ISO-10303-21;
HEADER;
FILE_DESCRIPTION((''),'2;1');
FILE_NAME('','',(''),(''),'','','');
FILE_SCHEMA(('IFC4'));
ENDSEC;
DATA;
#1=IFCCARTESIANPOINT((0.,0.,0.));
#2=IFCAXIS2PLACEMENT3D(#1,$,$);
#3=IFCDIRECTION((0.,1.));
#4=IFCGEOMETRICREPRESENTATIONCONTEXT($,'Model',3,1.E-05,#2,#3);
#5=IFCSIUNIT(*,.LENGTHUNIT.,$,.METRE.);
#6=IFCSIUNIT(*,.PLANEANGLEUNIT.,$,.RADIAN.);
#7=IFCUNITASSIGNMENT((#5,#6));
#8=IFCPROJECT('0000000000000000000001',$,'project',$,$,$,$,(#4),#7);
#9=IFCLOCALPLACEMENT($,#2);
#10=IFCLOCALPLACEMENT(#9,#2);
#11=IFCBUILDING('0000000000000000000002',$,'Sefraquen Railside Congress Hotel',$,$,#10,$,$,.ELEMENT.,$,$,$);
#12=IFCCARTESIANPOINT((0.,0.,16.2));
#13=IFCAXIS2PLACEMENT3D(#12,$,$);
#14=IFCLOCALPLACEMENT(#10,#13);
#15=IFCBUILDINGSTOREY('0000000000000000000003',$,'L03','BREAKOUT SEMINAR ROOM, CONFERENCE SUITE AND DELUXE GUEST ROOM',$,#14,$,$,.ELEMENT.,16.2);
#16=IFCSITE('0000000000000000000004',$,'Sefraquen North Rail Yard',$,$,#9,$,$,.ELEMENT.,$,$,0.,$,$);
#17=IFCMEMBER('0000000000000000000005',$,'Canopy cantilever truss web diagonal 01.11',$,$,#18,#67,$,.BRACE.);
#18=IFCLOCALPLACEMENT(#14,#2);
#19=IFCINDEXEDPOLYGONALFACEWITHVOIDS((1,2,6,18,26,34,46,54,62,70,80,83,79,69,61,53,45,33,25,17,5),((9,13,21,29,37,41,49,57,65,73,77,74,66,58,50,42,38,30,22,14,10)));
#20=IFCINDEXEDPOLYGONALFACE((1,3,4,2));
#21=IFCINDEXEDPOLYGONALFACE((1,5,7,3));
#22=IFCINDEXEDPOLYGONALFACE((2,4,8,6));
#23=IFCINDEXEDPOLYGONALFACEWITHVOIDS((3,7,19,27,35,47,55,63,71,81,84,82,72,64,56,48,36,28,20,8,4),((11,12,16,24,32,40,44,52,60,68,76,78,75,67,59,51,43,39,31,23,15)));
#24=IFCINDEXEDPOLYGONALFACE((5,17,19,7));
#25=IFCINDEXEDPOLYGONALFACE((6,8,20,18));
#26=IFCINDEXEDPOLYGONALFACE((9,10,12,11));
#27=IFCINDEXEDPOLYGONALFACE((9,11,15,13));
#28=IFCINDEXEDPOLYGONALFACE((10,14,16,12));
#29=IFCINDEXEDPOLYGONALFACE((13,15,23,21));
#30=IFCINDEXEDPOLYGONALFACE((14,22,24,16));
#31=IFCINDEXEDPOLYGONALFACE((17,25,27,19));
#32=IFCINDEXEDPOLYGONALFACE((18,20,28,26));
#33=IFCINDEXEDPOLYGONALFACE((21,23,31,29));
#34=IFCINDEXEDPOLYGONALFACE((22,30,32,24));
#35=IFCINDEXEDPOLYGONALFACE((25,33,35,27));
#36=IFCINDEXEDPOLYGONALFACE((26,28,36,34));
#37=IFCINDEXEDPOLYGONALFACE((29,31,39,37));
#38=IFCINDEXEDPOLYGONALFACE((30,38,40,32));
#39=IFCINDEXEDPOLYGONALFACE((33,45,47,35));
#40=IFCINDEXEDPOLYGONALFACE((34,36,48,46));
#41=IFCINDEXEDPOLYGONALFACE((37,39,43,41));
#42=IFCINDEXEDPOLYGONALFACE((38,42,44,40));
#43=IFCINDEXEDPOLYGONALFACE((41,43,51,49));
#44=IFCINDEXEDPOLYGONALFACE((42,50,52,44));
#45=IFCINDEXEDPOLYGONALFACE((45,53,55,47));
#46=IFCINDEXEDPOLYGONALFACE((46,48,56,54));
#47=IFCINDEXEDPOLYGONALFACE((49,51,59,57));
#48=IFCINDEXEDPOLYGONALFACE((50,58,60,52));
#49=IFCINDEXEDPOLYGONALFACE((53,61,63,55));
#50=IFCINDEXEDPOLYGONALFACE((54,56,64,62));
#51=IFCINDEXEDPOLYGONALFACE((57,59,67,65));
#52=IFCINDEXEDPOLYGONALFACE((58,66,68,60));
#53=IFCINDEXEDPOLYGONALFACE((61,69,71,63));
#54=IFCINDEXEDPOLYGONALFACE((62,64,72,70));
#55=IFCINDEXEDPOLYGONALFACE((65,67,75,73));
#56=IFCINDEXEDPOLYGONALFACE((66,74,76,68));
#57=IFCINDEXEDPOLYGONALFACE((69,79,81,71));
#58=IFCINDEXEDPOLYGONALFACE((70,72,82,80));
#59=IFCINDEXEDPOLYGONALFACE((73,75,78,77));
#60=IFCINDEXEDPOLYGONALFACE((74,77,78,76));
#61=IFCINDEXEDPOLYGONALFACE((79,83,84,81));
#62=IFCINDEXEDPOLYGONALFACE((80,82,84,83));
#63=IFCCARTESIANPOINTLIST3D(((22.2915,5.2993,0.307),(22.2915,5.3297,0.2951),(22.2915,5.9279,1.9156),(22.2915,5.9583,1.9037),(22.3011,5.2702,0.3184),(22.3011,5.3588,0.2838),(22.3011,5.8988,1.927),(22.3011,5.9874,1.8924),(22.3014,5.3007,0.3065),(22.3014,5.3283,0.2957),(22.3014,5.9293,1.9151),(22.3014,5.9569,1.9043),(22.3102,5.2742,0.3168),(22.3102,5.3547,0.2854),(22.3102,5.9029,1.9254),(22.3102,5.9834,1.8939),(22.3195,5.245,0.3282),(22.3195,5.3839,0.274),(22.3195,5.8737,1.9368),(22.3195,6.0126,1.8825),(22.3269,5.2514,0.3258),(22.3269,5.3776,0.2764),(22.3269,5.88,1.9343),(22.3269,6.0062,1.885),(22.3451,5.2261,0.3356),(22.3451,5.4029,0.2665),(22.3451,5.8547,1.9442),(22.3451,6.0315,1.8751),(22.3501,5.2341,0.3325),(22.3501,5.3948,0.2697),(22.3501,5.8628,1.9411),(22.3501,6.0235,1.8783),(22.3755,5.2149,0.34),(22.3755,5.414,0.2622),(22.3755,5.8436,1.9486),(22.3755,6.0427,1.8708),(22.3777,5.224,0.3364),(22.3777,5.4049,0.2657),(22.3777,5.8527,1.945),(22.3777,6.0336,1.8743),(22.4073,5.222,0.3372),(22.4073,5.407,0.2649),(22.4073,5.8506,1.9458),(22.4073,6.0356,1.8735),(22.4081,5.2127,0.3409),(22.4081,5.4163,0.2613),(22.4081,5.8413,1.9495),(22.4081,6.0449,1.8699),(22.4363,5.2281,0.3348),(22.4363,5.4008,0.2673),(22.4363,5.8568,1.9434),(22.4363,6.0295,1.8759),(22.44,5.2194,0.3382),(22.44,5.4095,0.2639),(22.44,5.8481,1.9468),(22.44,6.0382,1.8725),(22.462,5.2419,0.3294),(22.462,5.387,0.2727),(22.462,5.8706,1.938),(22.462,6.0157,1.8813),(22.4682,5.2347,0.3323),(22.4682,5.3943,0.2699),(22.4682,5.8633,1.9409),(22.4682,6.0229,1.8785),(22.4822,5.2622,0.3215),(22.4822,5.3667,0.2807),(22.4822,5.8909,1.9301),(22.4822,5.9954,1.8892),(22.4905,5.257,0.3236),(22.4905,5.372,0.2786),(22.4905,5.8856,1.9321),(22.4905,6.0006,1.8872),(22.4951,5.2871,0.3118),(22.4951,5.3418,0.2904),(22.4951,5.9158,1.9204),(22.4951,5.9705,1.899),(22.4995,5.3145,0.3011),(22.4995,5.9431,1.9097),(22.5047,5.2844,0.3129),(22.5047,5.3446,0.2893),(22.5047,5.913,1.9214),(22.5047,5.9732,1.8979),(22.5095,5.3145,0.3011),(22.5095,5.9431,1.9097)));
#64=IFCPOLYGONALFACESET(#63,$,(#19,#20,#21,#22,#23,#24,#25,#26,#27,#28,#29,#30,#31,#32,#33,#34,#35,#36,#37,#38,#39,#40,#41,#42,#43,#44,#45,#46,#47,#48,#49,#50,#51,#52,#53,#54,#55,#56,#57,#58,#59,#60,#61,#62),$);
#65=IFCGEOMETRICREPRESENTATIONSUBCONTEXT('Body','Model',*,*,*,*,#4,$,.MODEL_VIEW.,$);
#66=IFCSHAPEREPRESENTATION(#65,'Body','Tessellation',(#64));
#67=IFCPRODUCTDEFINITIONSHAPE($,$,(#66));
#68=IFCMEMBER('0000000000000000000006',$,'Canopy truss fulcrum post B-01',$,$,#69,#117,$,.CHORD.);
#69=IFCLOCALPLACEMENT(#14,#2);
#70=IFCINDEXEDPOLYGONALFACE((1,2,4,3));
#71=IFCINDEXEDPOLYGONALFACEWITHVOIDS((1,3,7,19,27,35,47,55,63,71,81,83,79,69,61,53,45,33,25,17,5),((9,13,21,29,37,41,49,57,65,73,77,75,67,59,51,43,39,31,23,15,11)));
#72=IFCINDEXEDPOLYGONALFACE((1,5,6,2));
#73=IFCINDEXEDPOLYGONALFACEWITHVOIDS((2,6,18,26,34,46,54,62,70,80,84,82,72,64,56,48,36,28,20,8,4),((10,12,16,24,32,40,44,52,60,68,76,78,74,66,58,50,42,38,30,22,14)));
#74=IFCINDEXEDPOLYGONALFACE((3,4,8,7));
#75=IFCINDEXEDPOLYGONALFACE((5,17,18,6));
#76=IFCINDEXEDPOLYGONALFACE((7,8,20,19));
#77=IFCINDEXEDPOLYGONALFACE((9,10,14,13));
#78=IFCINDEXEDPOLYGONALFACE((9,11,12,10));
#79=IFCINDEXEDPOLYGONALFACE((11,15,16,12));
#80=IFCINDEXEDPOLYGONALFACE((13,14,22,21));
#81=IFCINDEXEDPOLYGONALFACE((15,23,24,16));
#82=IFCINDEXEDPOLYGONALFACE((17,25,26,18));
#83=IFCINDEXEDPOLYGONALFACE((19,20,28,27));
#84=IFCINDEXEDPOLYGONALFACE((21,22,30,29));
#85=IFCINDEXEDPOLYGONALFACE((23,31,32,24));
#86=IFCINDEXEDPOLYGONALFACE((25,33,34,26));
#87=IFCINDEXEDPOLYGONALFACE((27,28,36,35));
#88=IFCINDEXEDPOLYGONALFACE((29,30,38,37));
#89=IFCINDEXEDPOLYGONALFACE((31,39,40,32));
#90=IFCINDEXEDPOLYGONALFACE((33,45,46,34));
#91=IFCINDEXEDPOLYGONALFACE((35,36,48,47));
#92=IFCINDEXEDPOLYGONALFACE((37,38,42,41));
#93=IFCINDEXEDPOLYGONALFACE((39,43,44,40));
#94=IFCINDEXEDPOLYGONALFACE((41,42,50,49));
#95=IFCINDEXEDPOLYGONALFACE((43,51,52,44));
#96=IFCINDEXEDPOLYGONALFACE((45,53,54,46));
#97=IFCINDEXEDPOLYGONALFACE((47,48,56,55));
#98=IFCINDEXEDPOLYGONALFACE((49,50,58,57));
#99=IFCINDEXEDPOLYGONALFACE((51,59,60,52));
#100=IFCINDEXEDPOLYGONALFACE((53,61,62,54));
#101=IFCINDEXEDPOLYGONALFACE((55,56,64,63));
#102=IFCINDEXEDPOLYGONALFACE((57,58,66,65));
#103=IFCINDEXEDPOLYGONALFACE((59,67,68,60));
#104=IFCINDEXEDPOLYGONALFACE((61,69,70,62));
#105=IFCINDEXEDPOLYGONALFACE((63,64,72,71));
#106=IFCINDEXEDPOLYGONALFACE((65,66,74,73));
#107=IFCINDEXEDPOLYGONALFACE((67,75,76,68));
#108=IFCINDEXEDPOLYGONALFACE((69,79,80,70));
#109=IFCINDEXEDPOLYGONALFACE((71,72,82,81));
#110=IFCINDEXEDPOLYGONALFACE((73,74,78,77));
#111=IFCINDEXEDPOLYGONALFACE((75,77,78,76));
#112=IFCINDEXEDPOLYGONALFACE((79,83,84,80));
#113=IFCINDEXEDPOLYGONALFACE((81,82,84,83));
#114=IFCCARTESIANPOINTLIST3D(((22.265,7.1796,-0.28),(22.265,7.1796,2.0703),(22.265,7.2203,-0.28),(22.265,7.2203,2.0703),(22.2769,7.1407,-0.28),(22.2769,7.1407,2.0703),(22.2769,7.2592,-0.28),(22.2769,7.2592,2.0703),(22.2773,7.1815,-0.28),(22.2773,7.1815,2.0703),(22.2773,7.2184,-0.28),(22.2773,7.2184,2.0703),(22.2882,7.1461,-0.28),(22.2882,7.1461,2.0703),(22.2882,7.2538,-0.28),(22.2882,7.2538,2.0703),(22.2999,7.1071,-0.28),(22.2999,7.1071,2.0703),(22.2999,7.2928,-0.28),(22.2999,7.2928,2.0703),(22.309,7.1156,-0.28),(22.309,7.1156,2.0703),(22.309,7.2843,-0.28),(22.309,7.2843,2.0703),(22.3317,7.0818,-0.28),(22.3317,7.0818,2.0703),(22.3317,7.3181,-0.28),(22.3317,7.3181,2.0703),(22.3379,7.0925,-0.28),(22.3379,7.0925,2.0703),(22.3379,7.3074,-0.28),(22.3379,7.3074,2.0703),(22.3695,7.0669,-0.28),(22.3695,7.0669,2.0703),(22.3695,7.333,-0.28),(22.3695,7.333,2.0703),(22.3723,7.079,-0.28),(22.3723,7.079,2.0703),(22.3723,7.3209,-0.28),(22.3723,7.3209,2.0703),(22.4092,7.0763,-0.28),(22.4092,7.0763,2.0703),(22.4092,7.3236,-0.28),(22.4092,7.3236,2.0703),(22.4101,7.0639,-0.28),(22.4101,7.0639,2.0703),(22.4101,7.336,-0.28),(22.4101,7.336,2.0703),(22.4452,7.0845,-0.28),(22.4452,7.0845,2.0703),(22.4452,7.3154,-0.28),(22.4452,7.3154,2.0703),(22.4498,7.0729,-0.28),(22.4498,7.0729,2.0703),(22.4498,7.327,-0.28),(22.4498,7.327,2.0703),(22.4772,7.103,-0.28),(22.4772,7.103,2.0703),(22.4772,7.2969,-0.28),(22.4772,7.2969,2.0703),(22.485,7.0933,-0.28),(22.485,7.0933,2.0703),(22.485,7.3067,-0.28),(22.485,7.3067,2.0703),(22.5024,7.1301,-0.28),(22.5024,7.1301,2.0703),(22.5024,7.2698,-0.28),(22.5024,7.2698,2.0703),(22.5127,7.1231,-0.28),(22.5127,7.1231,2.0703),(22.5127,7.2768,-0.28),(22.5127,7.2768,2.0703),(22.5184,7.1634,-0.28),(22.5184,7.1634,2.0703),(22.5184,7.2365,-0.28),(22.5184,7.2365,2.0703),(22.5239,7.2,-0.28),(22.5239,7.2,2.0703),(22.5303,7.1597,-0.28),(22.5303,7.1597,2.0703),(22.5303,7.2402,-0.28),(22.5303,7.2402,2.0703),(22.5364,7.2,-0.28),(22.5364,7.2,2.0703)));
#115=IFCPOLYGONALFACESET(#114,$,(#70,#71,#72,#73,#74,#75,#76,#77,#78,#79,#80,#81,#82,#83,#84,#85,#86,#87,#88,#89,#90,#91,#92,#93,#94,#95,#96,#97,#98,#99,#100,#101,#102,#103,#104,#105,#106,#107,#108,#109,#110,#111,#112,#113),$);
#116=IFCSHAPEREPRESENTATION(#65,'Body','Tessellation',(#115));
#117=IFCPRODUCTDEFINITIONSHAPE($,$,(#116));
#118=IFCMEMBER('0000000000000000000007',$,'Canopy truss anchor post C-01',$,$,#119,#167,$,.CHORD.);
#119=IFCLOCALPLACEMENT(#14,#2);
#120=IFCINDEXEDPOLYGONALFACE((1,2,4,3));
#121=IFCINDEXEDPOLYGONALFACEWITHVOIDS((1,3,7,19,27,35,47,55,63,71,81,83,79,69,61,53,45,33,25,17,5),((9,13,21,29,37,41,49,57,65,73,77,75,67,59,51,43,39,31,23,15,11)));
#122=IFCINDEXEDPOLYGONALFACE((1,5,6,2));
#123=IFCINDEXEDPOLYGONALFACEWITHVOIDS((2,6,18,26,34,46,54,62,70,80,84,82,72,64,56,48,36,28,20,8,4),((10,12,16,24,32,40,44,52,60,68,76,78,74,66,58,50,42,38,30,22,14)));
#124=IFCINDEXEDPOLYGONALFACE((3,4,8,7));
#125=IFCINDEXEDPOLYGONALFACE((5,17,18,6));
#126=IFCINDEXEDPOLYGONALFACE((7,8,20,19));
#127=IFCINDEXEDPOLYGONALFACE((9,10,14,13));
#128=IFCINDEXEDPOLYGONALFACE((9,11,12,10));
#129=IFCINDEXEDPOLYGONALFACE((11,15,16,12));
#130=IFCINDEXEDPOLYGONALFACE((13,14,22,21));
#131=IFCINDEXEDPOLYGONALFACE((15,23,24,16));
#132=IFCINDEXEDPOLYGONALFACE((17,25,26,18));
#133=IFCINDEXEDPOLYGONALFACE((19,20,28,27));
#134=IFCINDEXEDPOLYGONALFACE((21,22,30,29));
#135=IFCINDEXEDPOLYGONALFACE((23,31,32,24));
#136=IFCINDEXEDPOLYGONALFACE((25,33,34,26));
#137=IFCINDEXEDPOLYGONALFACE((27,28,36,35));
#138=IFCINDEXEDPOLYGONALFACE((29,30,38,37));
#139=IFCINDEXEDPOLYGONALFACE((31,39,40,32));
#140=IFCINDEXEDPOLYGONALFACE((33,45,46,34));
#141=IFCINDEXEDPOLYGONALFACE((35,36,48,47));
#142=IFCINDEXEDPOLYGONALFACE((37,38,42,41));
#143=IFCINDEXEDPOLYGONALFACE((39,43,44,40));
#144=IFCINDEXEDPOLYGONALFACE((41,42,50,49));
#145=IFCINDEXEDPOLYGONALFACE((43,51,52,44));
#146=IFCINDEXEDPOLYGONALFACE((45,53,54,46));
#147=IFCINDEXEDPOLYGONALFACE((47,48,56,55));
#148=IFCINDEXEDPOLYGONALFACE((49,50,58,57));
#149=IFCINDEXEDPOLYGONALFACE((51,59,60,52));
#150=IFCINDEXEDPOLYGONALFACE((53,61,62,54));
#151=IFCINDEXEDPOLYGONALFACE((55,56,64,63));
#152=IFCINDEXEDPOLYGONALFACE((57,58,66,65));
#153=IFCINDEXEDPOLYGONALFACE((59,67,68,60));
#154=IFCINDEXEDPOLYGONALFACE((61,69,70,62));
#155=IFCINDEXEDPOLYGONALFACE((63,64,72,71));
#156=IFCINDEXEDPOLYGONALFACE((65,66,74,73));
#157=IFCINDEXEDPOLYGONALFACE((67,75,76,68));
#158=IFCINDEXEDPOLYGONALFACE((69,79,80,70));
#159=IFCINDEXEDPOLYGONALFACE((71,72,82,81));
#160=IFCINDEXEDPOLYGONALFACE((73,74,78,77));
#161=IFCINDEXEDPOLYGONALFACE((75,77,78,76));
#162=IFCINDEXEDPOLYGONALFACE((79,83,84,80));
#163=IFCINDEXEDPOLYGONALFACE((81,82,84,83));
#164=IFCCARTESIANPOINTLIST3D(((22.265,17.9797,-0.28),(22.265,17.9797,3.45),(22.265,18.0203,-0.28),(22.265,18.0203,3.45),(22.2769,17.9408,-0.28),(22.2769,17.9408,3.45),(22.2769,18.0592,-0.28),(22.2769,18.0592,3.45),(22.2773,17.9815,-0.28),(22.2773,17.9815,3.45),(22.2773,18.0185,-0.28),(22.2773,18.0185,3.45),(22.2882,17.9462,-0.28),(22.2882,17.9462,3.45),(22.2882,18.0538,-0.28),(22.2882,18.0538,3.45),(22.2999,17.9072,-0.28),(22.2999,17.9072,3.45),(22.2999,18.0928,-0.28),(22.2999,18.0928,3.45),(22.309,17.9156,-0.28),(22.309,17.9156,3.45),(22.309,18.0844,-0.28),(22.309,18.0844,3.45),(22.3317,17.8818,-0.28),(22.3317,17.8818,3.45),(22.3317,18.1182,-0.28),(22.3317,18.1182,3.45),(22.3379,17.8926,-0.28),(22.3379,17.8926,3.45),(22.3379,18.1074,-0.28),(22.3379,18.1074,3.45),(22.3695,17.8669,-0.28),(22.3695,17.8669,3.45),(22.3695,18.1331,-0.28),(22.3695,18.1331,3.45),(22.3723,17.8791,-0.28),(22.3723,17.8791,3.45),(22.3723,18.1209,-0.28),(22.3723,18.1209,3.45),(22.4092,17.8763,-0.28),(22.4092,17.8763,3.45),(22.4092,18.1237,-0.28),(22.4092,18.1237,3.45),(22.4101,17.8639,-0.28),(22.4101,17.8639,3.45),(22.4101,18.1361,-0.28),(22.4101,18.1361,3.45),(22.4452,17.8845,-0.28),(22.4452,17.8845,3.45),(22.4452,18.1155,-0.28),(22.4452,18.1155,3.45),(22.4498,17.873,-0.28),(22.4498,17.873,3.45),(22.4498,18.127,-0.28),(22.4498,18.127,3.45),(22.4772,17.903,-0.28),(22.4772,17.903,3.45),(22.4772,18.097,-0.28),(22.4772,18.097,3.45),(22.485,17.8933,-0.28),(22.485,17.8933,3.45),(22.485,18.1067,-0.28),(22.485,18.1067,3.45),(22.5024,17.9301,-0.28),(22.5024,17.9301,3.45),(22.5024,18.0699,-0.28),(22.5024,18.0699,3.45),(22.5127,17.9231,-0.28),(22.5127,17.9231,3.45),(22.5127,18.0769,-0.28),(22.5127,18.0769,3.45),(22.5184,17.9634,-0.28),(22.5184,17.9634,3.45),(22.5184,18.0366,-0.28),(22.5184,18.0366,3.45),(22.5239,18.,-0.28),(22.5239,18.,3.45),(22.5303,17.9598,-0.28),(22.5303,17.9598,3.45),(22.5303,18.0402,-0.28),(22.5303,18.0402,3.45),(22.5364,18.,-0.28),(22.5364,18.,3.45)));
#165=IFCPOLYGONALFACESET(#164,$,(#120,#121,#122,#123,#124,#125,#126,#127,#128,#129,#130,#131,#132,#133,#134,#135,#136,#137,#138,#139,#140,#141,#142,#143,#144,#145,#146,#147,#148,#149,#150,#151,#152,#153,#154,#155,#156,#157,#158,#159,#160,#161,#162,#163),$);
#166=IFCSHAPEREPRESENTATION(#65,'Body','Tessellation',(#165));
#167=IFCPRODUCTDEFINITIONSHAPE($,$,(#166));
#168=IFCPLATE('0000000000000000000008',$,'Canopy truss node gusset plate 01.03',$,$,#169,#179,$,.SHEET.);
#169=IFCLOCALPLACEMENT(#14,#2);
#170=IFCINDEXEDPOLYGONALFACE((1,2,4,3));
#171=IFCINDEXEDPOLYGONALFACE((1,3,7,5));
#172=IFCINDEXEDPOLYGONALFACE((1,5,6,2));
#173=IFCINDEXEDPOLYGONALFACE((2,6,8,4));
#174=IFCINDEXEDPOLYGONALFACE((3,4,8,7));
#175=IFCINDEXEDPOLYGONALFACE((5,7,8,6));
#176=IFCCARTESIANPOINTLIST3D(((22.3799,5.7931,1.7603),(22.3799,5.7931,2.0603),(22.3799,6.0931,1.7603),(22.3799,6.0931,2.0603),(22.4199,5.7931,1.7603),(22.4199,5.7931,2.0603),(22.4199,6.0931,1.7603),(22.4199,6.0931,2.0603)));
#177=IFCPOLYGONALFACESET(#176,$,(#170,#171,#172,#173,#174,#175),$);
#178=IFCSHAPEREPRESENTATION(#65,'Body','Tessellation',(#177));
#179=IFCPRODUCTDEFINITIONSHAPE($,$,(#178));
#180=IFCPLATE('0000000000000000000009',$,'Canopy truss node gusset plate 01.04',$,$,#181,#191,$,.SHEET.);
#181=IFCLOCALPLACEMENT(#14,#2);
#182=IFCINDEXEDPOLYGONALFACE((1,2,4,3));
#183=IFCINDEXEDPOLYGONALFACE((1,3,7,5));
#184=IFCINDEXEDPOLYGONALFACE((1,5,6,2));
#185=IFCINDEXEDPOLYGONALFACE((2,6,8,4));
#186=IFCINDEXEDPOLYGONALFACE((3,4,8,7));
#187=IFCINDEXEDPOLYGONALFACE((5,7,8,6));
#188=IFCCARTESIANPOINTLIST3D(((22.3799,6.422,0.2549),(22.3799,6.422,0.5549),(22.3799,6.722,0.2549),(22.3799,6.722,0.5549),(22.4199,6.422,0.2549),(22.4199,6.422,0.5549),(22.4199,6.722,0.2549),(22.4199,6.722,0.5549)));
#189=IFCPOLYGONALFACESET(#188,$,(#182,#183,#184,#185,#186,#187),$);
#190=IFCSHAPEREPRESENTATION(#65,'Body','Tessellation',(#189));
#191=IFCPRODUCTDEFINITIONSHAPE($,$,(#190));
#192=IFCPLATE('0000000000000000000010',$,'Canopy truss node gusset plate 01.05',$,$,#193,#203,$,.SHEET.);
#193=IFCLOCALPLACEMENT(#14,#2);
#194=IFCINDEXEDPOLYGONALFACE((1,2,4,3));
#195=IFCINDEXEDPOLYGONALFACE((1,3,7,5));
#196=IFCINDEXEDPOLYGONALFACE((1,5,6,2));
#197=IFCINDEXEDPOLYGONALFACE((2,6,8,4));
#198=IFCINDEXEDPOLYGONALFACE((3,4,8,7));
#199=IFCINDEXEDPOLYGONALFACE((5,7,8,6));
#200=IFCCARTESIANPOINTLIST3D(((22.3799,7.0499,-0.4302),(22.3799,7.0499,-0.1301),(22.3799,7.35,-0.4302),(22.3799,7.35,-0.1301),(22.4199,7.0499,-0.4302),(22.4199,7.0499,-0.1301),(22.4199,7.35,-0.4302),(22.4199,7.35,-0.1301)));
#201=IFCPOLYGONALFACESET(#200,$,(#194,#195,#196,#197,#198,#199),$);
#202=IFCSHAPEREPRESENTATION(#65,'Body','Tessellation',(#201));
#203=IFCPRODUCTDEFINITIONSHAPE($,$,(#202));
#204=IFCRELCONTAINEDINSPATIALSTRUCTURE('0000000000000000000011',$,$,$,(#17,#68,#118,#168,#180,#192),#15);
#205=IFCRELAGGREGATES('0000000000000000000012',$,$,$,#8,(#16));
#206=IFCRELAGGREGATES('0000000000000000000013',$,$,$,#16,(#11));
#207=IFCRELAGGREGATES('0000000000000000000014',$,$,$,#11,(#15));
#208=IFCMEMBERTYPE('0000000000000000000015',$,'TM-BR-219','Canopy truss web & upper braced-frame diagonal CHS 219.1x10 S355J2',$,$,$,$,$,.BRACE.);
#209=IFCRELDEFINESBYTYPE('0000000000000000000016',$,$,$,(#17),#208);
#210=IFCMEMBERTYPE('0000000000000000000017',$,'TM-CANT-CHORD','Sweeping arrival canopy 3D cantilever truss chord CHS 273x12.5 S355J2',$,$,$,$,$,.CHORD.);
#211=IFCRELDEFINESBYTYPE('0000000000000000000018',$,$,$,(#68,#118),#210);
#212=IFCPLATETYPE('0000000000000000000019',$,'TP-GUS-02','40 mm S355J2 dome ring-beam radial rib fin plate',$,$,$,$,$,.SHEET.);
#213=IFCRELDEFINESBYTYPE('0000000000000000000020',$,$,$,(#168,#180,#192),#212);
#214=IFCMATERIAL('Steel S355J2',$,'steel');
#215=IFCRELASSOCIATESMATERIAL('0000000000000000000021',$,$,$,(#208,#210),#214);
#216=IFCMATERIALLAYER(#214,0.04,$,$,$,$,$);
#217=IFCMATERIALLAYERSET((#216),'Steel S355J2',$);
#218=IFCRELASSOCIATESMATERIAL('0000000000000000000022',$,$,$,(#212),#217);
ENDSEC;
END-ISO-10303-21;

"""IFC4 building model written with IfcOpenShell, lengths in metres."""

from ifc_helpers import new_model, si_unit, direction, frame, origin, origin_2d, place, context, subcontext, project, spatial, rectangle, hollow_circle, extrude, material, layer, layer_set, material_profile, profile_set, type_object, element, save


model = new_model("IFC4")

# Units and contexts
model_context = context("Model", 3, precision=1e-05, world=origin(), true_north=direction((0.0, 1.0)))
body_context = subcontext(model_context, "Body", "Model", "MODEL_VIEW")
ifc_project = project(units=[si_unit("LENGTHUNIT", "METRE"), si_unit("PLANEANGLEUNIT", "RADIAN")], contexts=[model_context])

# Site, building, storey
site_placement = place(None, origin())
site = spatial("IfcSite", under=ifc_project, at=site_placement, Name="Sefraquen North Rail Yard", CompositionType="ELEMENT", RefElevation=0.0)
building_placement = place(site_placement, origin())
building = spatial("IfcBuilding", under=site, at=building_placement, Name="Sefraquen Railside Congress Hotel", CompositionType="ELEMENT")
storey_placement = place(building_placement, frame((0.0, 0.0, 16.2)))
storey = spatial("IfcBuildingStorey", under=building, at=storey_placement, Name="L03", Description="BREAKOUT SEMINAR ROOM, CONFERENCE SUITE AND DELUXE GUEST ROOM", CompositionType="ELEMENT", Elevation=16.2)

# Shared definitions
ifc_material_1 = material(Name="Steel S355J2", Category="steel")

# Members
ifc_material_profile_1 = material_profile(ifc_material_1, hollow_circle(Radius=0.1096, WallThickness=0.01, at=origin_2d()), Name="CHS 219.1x10")
ifc_profile_set_1 = profile_set([ifc_material_profile_1], Name="Steel S355J2")
member_type_1 = type_object("IfcMemberType", Name="TM-BR-219", Description="Canopy truss web & upper braced-frame diagonal CHS 219.1x10 S355J2", PredefinedType="BRACE", material=ifc_profile_set_1)
member_1_placement = place(storey_placement, frame((22.3999, 5.9431, 1.9097), z_axis=(0.0, -0.363994, -0.931401), x_axis=(1.0, 0.0, 0.0)))
element("IfcMember", 1, at=member_1_placement, inside=storey, type_object=member_type_1, Name="Canopy cantilever truss web diagonal 01.11", PredefinedType="BRACE", context=body_context, shape_type="SweptSolid", body=[
    extrude(hollow_circle(Radius=0.1096, WallThickness=0.01, at=origin_2d()), origin(), (0.0, 0.0, 1.0), 1.7271),
])
ifc_material_profile_2 = material_profile(ifc_material_1, hollow_circle(Radius=0.1365, WallThickness=0.0125, at=origin_2d()), Name="CHS 273x12.5")
ifc_profile_set_2 = profile_set([ifc_material_profile_2], Name="Steel S355J2")
member_type_2 = type_object("IfcMemberType", Name="TM-CANT-CHORD", Description="Sweeping arrival canopy 3D cantilever truss chord CHS 273x12.5 S355J2", PredefinedType="CHORD", material=ifc_profile_set_2)
member_2_placement = place(storey_placement, frame((22.3999, 7.2, -0.28), z_axis=(0.0, 0.0, 1.0), x_axis=(1.0, 0.0, 0.0)))
element("IfcMember", 2, at=member_2_placement, inside=storey, type_object=member_type_2, Name="Canopy truss fulcrum post B-01", PredefinedType="CHORD", context=body_context, shape_type="SweptSolid", body=[
    extrude(hollow_circle(Radius=0.1365, WallThickness=0.0125, at=origin_2d()), origin(), (0.0, 0.0, 1.0), 2.3503),
])
member_3_placement = place(storey_placement, frame((22.3999, 18.0, -0.28), z_axis=(0.0, 0.0, 1.0), x_axis=(1.0, 0.0, 0.0)))
element("IfcMember", 3, at=member_3_placement, inside=storey, type_object=member_type_2, Name="Canopy truss anchor post C-01", PredefinedType="CHORD", context=body_context, shape_type="SweptSolid", body=[
    extrude(hollow_circle(Radius=0.1365, WallThickness=0.0125, at=origin_2d()), origin(), (0.0, 0.0, 1.0), 3.73),
])

# Plates
ifc_layer_1 = layer(ifc_material_1, 0.04)
ifc_layer_set_1 = layer_set([ifc_layer_1], Name="Steel S355J2")
plate_type = type_object("IfcPlateType", Name="TP-GUS-02", Description="40 mm S355J2 dome ring-beam radial rib fin plate", PredefinedType="SHEET", material=ifc_layer_set_1)
for number, where, z_axis, x_axis, name in (
    (4, (22.3999, 5.9431, 1.7603), (0.0, 0.0, 1.0), (1.0, 0.0, 0.0), "Canopy truss node gusset plate 01.03"),
    (5, (22.3999, 6.572, 0.2549), (0.0, 0.0, 1.0), (1.0, 0.0, 0.0), "Canopy truss node gusset plate 01.04"),
    (6, (22.3999, 7.2, -0.4302), (0.0, 0.0, 1.0), (1.0, 0.0, 0.0), "Canopy truss node gusset plate 01.05"),
):
    element("IfcPlate", number, at=place(storey_placement, frame(where, z_axis=z_axis, x_axis=x_axis)), inside=storey, type_object=plate_type, Name=name, PredefinedType="SHEET", context=body_context, shape_type="SweptSolid", body=[
        extrude(rectangle(XDim=0.04, YDim=0.3, at=origin_2d()), origin(), (0.0, 0.0, 1.0), 0.3),
    ])

save(model, "model.ifc")
